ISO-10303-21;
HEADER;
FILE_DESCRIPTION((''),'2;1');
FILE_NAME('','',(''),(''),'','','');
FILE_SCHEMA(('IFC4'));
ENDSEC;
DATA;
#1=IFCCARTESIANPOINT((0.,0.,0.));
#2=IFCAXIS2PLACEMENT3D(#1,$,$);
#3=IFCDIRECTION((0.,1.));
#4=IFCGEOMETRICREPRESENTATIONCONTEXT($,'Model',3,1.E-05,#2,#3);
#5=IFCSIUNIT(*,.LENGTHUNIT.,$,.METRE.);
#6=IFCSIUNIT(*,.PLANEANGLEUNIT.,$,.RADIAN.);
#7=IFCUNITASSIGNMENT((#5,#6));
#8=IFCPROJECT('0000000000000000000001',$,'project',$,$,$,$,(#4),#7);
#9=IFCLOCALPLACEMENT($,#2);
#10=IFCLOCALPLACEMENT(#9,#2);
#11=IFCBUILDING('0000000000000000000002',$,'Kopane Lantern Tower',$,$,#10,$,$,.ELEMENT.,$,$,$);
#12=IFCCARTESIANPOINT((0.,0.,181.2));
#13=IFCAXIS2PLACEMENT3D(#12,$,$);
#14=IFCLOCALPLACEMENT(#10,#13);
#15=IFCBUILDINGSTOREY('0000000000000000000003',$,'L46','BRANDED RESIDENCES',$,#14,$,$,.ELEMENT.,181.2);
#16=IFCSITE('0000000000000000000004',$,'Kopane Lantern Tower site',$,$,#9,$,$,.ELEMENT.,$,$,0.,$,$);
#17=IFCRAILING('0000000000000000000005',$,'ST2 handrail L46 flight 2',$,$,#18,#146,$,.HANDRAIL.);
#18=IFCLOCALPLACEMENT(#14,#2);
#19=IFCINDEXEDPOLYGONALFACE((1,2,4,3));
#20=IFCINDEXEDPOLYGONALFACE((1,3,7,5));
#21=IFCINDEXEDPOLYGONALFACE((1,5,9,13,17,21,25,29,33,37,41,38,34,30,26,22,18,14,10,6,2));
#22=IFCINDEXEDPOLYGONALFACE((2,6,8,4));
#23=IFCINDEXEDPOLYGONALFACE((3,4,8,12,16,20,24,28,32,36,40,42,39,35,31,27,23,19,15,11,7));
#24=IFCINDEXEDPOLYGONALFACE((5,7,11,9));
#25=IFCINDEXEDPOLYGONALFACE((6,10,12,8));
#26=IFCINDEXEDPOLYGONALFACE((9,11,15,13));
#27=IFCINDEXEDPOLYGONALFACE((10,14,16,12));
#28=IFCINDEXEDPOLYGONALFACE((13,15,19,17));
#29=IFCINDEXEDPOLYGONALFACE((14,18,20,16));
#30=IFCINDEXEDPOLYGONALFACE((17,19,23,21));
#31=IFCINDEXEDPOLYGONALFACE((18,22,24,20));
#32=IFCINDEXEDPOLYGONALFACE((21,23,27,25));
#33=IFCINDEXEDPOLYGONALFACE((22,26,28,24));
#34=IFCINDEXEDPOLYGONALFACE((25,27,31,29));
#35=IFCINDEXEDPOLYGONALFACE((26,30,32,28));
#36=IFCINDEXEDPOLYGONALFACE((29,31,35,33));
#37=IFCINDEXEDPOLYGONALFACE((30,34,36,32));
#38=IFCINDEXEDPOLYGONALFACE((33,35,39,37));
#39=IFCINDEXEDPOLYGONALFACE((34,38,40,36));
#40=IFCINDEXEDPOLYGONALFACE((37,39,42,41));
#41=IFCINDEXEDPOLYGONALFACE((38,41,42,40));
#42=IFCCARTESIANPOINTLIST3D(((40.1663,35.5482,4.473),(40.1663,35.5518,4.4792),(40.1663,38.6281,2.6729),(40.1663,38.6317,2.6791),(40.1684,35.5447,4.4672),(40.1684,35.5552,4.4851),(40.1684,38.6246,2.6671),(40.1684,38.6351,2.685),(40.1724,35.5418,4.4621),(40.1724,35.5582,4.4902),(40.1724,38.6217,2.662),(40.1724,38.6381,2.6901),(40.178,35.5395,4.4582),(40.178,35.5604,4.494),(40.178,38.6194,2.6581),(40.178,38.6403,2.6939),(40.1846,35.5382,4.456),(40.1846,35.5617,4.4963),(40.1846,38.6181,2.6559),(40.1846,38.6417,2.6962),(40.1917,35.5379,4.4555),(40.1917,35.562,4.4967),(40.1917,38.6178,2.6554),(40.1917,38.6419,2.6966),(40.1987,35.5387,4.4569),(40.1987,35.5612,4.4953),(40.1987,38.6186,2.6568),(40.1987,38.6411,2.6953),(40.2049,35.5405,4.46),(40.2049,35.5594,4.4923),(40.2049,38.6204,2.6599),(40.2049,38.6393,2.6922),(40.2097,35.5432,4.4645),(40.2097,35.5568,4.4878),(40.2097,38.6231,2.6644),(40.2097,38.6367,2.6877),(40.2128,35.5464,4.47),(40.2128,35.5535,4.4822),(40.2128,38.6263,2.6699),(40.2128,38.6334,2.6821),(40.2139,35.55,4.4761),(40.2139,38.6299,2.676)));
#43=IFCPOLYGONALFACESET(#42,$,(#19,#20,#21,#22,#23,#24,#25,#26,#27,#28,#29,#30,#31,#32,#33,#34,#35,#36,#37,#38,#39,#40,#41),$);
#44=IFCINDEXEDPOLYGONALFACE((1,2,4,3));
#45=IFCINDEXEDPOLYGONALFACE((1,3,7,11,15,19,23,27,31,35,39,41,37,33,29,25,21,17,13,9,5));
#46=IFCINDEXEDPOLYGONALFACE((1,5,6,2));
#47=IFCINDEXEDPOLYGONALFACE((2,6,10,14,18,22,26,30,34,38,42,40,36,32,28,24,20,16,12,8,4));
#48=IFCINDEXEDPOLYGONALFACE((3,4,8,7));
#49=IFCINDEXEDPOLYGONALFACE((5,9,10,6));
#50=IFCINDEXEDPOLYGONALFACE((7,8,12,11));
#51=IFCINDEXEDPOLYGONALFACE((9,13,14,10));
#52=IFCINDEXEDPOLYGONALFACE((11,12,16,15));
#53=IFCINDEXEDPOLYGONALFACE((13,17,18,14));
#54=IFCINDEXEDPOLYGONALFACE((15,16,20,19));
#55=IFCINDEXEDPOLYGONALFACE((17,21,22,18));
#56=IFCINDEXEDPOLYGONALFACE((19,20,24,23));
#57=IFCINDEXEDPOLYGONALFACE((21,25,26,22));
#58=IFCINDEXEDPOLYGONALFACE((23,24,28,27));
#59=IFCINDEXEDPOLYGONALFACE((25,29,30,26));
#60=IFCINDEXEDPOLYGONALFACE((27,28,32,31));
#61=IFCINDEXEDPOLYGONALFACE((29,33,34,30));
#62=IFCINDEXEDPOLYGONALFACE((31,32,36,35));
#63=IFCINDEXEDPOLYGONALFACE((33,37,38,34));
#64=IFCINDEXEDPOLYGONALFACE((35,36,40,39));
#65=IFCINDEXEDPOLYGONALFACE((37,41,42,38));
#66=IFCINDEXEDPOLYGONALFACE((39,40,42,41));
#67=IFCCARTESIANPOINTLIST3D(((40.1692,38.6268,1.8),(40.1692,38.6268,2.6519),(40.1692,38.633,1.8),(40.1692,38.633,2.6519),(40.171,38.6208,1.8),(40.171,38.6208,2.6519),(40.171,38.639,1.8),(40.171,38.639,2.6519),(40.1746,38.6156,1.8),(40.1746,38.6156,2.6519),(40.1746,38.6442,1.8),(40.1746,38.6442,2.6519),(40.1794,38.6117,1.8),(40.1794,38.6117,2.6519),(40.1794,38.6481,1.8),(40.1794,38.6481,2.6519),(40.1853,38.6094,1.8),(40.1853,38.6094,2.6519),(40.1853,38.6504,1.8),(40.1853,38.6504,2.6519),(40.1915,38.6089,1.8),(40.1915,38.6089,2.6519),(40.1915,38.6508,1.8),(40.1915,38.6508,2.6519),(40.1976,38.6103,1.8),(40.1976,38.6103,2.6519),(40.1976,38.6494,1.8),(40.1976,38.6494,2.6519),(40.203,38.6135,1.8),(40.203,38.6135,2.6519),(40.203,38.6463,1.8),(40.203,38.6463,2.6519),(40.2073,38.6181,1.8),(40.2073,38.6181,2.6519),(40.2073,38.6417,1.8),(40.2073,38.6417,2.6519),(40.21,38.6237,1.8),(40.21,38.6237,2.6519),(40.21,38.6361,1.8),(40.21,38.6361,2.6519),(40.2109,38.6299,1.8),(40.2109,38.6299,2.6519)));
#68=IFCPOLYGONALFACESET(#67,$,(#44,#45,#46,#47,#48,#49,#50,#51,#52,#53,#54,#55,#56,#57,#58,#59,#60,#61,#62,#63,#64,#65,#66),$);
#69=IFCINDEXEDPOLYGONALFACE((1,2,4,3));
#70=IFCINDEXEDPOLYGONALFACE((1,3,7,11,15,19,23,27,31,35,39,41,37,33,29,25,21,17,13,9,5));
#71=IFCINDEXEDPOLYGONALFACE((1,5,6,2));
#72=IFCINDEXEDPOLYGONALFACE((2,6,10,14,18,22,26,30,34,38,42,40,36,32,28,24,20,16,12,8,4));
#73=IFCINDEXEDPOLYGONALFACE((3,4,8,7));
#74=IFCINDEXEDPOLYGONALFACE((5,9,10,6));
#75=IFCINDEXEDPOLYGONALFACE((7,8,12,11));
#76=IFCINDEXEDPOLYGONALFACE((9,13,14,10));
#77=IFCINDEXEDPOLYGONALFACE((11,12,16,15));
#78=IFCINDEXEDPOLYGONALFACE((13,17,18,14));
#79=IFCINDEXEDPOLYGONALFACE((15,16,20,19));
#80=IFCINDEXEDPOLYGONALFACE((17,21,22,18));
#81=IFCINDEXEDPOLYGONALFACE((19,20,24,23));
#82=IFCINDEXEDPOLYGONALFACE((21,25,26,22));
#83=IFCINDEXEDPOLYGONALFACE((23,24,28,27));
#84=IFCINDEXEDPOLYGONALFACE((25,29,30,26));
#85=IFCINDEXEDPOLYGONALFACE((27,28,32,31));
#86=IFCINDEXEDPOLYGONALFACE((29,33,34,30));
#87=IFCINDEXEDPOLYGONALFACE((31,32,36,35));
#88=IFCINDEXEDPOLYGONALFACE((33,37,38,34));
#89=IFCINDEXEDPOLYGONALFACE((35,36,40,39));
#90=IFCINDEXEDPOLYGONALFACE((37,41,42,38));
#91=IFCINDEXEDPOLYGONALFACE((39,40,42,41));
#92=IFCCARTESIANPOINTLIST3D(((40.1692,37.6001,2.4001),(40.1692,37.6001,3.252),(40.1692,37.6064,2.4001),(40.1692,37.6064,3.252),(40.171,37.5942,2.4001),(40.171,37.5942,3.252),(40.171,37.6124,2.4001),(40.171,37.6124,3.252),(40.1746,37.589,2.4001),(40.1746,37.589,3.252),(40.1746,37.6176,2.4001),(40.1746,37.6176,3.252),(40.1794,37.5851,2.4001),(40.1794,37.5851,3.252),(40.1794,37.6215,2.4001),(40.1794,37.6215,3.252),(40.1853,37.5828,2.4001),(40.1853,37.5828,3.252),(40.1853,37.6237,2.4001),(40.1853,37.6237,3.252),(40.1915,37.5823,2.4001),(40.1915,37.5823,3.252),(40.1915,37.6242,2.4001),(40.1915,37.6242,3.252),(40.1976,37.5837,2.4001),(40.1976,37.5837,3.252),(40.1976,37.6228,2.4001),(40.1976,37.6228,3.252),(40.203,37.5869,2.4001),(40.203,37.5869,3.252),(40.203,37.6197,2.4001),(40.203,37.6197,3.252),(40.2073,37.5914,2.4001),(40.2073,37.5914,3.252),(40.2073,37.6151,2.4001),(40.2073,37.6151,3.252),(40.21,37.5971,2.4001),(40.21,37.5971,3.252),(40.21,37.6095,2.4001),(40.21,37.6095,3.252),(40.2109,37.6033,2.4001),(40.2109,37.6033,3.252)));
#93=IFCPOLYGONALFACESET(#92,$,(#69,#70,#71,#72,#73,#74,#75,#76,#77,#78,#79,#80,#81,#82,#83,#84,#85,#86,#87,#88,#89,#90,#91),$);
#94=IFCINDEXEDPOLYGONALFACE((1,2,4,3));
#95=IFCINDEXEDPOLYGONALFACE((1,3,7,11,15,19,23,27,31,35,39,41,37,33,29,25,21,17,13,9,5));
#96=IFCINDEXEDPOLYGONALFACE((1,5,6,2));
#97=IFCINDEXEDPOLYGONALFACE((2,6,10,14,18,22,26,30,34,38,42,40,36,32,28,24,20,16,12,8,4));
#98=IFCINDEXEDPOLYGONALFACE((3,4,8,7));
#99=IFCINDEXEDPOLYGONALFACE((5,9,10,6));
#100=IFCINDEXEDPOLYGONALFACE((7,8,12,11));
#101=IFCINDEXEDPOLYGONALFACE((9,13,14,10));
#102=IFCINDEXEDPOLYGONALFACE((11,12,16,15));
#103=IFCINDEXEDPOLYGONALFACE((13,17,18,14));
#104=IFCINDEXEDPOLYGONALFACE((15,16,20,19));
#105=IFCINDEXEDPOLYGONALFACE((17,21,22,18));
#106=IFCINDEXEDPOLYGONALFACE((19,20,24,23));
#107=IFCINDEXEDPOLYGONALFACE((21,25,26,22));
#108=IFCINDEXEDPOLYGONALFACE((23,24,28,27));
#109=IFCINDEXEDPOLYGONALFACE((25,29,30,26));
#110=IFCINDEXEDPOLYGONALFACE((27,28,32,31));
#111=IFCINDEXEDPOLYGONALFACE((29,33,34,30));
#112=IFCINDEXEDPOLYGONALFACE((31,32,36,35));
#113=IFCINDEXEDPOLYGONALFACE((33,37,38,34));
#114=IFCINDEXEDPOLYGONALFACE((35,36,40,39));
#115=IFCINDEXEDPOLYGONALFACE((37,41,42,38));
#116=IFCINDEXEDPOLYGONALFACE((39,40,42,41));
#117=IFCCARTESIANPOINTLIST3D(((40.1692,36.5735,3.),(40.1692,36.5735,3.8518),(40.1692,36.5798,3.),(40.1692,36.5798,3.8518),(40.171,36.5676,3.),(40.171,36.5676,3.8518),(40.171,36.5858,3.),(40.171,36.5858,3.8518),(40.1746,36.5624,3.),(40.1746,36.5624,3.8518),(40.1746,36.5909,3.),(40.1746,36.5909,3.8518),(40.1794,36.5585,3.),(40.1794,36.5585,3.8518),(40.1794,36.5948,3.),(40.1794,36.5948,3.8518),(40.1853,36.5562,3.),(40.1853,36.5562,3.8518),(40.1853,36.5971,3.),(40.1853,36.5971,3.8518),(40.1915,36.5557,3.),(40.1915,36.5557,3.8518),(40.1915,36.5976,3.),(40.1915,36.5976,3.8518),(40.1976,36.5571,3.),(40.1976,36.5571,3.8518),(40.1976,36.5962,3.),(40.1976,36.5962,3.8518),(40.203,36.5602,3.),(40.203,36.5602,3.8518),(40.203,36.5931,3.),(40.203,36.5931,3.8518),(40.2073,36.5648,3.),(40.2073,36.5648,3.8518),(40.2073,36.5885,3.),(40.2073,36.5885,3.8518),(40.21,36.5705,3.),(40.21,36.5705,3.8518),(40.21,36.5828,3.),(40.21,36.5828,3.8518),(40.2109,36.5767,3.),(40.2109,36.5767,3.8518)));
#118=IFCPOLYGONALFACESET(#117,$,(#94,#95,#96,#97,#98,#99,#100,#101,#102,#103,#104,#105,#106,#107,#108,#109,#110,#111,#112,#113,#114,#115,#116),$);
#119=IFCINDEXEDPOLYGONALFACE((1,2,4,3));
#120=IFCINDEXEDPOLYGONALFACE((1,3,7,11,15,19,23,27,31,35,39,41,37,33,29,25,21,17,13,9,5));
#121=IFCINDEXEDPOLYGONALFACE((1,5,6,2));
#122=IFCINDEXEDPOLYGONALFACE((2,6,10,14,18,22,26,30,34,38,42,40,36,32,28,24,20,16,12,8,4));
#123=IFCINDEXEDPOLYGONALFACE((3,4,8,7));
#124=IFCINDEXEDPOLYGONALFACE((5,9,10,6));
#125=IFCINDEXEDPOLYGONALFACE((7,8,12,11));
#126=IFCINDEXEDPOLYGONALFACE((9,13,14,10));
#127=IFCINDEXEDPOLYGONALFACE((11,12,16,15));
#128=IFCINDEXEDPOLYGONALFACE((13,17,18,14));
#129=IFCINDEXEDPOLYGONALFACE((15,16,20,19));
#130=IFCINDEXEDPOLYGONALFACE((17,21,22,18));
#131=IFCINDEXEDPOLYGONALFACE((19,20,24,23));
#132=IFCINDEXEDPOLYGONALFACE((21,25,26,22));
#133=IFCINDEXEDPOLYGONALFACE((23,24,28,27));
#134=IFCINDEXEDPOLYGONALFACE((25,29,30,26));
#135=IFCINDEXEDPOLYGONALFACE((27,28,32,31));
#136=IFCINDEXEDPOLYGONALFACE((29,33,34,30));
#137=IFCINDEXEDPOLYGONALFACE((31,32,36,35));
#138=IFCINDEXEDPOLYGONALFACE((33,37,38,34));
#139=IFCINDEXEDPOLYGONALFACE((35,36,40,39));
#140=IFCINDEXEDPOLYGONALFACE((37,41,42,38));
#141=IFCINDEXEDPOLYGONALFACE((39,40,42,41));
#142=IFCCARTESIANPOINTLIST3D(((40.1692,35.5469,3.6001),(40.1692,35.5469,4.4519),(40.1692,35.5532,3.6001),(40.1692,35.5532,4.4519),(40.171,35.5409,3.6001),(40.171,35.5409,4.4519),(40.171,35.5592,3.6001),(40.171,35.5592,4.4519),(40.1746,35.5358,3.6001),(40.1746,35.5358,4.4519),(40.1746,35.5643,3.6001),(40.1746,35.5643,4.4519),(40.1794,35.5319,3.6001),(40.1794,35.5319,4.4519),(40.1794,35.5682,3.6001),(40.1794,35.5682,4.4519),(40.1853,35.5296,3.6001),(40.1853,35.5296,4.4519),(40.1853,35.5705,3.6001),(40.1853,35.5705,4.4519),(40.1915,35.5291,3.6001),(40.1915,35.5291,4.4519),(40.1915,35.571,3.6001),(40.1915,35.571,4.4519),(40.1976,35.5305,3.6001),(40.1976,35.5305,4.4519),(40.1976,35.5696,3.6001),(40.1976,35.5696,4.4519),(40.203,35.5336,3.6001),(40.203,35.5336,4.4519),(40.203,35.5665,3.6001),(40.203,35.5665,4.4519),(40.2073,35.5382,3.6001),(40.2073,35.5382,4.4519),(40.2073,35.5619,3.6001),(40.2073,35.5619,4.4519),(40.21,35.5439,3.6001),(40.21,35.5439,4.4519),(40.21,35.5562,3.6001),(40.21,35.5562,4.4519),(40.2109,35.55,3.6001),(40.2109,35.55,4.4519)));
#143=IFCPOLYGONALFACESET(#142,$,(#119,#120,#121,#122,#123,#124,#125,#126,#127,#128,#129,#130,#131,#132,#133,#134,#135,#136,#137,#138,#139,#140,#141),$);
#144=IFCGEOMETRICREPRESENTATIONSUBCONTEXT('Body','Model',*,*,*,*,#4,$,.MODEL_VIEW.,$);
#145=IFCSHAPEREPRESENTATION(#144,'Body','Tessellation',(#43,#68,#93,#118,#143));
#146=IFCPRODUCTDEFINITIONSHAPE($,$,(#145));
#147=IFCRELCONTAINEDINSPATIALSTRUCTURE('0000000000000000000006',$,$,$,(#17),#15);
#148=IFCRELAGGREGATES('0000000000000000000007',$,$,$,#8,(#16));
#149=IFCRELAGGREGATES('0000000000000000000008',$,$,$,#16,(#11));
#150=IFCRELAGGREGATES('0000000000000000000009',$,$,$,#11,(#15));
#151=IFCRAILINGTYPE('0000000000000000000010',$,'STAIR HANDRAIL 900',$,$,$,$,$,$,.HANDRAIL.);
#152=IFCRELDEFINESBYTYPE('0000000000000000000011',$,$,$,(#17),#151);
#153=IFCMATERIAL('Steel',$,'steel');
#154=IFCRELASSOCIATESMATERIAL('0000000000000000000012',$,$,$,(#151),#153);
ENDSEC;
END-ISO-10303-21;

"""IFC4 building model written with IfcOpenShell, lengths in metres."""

from ifc_helpers import new_model, si_unit, direction, frame, origin, origin_2d, place, context, subcontext, project, spatial, circle, extrude, material, type_object, element, save


model = new_model("IFC4")

# Units and contexts
model_context = context("Model", 3, precision=1e-05, world=origin(), true_north=direction((0.0, 1.0)))
body_context = subcontext(model_context, "Body", "Model", "MODEL_VIEW")
ifc_project = project(units=[si_unit("LENGTHUNIT", "METRE"), si_unit("PLANEANGLEUNIT", "RADIAN")], contexts=[model_context])

# Site, building, storey
site_placement = place(None, origin())
site = spatial("IfcSite", under=ifc_project, at=site_placement, Name="Kopane Lantern Tower site", CompositionType="ELEMENT", RefElevation=0.0)
building_placement = place(site_placement, origin())
building = spatial("IfcBuilding", under=site, at=building_placement, Name="Kopane Lantern Tower", CompositionType="ELEMENT")
storey_placement = place(building_placement, frame((0.0, 0.0, 181.2)))
storey = spatial("IfcBuildingStorey", under=building, at=storey_placement, Name="L46", Description="BRANDED RESIDENCES", CompositionType="ELEMENT", Elevation=181.2)

# Railing
ifc_material_1 = material(Name="Steel", Category="steel")
railing_type_1 = type_object("IfcRailingType", Name="STAIR HANDRAIL 900", PredefinedType="HANDRAIL", material=ifc_material_1)
for number, where, name in (
    (1, (40.1899, 38.6299, 1.8), "ST2 handrail L46 flight 2"),
):
    element("IfcRailing", number, at=place(storey_placement, frame(where)), inside=storey, type_object=railing_type_1, Name=name, PredefinedType="HANDRAIL", context=body_context, shape_type="SweptSolid", body=[
        extrude(circle(Radius=0.0239, at=origin_2d()), frame((0.0, 0.0, 0.876), z_axis=(0.0, -0.863354, 0.504598), x_axis=(1.0, 0.0, 0.0)), (0.0, 0.0, 1.0), 3.5674),
        extrude(circle(Radius=0.021, at=origin_2d()), origin(), (0.0, 0.0, 1.0), 0.8518),
        extrude(circle(Radius=0.021, at=origin_2d()), frame((0.0, -1.0266, 0.6001)), (0.0, 0.0, 1.0), 0.8518),
        extrude(circle(Radius=0.021, at=origin_2d()), frame((0.0, -2.0532, 1.2)), (0.0, 0.0, 1.0), 0.8518),
        extrude(circle(Radius=0.021, at=origin_2d()), frame((0.0, -3.0798, 1.8)), (0.0, 0.0, 1.0), 0.8518),
    ])

save(model, "model.ifc")
